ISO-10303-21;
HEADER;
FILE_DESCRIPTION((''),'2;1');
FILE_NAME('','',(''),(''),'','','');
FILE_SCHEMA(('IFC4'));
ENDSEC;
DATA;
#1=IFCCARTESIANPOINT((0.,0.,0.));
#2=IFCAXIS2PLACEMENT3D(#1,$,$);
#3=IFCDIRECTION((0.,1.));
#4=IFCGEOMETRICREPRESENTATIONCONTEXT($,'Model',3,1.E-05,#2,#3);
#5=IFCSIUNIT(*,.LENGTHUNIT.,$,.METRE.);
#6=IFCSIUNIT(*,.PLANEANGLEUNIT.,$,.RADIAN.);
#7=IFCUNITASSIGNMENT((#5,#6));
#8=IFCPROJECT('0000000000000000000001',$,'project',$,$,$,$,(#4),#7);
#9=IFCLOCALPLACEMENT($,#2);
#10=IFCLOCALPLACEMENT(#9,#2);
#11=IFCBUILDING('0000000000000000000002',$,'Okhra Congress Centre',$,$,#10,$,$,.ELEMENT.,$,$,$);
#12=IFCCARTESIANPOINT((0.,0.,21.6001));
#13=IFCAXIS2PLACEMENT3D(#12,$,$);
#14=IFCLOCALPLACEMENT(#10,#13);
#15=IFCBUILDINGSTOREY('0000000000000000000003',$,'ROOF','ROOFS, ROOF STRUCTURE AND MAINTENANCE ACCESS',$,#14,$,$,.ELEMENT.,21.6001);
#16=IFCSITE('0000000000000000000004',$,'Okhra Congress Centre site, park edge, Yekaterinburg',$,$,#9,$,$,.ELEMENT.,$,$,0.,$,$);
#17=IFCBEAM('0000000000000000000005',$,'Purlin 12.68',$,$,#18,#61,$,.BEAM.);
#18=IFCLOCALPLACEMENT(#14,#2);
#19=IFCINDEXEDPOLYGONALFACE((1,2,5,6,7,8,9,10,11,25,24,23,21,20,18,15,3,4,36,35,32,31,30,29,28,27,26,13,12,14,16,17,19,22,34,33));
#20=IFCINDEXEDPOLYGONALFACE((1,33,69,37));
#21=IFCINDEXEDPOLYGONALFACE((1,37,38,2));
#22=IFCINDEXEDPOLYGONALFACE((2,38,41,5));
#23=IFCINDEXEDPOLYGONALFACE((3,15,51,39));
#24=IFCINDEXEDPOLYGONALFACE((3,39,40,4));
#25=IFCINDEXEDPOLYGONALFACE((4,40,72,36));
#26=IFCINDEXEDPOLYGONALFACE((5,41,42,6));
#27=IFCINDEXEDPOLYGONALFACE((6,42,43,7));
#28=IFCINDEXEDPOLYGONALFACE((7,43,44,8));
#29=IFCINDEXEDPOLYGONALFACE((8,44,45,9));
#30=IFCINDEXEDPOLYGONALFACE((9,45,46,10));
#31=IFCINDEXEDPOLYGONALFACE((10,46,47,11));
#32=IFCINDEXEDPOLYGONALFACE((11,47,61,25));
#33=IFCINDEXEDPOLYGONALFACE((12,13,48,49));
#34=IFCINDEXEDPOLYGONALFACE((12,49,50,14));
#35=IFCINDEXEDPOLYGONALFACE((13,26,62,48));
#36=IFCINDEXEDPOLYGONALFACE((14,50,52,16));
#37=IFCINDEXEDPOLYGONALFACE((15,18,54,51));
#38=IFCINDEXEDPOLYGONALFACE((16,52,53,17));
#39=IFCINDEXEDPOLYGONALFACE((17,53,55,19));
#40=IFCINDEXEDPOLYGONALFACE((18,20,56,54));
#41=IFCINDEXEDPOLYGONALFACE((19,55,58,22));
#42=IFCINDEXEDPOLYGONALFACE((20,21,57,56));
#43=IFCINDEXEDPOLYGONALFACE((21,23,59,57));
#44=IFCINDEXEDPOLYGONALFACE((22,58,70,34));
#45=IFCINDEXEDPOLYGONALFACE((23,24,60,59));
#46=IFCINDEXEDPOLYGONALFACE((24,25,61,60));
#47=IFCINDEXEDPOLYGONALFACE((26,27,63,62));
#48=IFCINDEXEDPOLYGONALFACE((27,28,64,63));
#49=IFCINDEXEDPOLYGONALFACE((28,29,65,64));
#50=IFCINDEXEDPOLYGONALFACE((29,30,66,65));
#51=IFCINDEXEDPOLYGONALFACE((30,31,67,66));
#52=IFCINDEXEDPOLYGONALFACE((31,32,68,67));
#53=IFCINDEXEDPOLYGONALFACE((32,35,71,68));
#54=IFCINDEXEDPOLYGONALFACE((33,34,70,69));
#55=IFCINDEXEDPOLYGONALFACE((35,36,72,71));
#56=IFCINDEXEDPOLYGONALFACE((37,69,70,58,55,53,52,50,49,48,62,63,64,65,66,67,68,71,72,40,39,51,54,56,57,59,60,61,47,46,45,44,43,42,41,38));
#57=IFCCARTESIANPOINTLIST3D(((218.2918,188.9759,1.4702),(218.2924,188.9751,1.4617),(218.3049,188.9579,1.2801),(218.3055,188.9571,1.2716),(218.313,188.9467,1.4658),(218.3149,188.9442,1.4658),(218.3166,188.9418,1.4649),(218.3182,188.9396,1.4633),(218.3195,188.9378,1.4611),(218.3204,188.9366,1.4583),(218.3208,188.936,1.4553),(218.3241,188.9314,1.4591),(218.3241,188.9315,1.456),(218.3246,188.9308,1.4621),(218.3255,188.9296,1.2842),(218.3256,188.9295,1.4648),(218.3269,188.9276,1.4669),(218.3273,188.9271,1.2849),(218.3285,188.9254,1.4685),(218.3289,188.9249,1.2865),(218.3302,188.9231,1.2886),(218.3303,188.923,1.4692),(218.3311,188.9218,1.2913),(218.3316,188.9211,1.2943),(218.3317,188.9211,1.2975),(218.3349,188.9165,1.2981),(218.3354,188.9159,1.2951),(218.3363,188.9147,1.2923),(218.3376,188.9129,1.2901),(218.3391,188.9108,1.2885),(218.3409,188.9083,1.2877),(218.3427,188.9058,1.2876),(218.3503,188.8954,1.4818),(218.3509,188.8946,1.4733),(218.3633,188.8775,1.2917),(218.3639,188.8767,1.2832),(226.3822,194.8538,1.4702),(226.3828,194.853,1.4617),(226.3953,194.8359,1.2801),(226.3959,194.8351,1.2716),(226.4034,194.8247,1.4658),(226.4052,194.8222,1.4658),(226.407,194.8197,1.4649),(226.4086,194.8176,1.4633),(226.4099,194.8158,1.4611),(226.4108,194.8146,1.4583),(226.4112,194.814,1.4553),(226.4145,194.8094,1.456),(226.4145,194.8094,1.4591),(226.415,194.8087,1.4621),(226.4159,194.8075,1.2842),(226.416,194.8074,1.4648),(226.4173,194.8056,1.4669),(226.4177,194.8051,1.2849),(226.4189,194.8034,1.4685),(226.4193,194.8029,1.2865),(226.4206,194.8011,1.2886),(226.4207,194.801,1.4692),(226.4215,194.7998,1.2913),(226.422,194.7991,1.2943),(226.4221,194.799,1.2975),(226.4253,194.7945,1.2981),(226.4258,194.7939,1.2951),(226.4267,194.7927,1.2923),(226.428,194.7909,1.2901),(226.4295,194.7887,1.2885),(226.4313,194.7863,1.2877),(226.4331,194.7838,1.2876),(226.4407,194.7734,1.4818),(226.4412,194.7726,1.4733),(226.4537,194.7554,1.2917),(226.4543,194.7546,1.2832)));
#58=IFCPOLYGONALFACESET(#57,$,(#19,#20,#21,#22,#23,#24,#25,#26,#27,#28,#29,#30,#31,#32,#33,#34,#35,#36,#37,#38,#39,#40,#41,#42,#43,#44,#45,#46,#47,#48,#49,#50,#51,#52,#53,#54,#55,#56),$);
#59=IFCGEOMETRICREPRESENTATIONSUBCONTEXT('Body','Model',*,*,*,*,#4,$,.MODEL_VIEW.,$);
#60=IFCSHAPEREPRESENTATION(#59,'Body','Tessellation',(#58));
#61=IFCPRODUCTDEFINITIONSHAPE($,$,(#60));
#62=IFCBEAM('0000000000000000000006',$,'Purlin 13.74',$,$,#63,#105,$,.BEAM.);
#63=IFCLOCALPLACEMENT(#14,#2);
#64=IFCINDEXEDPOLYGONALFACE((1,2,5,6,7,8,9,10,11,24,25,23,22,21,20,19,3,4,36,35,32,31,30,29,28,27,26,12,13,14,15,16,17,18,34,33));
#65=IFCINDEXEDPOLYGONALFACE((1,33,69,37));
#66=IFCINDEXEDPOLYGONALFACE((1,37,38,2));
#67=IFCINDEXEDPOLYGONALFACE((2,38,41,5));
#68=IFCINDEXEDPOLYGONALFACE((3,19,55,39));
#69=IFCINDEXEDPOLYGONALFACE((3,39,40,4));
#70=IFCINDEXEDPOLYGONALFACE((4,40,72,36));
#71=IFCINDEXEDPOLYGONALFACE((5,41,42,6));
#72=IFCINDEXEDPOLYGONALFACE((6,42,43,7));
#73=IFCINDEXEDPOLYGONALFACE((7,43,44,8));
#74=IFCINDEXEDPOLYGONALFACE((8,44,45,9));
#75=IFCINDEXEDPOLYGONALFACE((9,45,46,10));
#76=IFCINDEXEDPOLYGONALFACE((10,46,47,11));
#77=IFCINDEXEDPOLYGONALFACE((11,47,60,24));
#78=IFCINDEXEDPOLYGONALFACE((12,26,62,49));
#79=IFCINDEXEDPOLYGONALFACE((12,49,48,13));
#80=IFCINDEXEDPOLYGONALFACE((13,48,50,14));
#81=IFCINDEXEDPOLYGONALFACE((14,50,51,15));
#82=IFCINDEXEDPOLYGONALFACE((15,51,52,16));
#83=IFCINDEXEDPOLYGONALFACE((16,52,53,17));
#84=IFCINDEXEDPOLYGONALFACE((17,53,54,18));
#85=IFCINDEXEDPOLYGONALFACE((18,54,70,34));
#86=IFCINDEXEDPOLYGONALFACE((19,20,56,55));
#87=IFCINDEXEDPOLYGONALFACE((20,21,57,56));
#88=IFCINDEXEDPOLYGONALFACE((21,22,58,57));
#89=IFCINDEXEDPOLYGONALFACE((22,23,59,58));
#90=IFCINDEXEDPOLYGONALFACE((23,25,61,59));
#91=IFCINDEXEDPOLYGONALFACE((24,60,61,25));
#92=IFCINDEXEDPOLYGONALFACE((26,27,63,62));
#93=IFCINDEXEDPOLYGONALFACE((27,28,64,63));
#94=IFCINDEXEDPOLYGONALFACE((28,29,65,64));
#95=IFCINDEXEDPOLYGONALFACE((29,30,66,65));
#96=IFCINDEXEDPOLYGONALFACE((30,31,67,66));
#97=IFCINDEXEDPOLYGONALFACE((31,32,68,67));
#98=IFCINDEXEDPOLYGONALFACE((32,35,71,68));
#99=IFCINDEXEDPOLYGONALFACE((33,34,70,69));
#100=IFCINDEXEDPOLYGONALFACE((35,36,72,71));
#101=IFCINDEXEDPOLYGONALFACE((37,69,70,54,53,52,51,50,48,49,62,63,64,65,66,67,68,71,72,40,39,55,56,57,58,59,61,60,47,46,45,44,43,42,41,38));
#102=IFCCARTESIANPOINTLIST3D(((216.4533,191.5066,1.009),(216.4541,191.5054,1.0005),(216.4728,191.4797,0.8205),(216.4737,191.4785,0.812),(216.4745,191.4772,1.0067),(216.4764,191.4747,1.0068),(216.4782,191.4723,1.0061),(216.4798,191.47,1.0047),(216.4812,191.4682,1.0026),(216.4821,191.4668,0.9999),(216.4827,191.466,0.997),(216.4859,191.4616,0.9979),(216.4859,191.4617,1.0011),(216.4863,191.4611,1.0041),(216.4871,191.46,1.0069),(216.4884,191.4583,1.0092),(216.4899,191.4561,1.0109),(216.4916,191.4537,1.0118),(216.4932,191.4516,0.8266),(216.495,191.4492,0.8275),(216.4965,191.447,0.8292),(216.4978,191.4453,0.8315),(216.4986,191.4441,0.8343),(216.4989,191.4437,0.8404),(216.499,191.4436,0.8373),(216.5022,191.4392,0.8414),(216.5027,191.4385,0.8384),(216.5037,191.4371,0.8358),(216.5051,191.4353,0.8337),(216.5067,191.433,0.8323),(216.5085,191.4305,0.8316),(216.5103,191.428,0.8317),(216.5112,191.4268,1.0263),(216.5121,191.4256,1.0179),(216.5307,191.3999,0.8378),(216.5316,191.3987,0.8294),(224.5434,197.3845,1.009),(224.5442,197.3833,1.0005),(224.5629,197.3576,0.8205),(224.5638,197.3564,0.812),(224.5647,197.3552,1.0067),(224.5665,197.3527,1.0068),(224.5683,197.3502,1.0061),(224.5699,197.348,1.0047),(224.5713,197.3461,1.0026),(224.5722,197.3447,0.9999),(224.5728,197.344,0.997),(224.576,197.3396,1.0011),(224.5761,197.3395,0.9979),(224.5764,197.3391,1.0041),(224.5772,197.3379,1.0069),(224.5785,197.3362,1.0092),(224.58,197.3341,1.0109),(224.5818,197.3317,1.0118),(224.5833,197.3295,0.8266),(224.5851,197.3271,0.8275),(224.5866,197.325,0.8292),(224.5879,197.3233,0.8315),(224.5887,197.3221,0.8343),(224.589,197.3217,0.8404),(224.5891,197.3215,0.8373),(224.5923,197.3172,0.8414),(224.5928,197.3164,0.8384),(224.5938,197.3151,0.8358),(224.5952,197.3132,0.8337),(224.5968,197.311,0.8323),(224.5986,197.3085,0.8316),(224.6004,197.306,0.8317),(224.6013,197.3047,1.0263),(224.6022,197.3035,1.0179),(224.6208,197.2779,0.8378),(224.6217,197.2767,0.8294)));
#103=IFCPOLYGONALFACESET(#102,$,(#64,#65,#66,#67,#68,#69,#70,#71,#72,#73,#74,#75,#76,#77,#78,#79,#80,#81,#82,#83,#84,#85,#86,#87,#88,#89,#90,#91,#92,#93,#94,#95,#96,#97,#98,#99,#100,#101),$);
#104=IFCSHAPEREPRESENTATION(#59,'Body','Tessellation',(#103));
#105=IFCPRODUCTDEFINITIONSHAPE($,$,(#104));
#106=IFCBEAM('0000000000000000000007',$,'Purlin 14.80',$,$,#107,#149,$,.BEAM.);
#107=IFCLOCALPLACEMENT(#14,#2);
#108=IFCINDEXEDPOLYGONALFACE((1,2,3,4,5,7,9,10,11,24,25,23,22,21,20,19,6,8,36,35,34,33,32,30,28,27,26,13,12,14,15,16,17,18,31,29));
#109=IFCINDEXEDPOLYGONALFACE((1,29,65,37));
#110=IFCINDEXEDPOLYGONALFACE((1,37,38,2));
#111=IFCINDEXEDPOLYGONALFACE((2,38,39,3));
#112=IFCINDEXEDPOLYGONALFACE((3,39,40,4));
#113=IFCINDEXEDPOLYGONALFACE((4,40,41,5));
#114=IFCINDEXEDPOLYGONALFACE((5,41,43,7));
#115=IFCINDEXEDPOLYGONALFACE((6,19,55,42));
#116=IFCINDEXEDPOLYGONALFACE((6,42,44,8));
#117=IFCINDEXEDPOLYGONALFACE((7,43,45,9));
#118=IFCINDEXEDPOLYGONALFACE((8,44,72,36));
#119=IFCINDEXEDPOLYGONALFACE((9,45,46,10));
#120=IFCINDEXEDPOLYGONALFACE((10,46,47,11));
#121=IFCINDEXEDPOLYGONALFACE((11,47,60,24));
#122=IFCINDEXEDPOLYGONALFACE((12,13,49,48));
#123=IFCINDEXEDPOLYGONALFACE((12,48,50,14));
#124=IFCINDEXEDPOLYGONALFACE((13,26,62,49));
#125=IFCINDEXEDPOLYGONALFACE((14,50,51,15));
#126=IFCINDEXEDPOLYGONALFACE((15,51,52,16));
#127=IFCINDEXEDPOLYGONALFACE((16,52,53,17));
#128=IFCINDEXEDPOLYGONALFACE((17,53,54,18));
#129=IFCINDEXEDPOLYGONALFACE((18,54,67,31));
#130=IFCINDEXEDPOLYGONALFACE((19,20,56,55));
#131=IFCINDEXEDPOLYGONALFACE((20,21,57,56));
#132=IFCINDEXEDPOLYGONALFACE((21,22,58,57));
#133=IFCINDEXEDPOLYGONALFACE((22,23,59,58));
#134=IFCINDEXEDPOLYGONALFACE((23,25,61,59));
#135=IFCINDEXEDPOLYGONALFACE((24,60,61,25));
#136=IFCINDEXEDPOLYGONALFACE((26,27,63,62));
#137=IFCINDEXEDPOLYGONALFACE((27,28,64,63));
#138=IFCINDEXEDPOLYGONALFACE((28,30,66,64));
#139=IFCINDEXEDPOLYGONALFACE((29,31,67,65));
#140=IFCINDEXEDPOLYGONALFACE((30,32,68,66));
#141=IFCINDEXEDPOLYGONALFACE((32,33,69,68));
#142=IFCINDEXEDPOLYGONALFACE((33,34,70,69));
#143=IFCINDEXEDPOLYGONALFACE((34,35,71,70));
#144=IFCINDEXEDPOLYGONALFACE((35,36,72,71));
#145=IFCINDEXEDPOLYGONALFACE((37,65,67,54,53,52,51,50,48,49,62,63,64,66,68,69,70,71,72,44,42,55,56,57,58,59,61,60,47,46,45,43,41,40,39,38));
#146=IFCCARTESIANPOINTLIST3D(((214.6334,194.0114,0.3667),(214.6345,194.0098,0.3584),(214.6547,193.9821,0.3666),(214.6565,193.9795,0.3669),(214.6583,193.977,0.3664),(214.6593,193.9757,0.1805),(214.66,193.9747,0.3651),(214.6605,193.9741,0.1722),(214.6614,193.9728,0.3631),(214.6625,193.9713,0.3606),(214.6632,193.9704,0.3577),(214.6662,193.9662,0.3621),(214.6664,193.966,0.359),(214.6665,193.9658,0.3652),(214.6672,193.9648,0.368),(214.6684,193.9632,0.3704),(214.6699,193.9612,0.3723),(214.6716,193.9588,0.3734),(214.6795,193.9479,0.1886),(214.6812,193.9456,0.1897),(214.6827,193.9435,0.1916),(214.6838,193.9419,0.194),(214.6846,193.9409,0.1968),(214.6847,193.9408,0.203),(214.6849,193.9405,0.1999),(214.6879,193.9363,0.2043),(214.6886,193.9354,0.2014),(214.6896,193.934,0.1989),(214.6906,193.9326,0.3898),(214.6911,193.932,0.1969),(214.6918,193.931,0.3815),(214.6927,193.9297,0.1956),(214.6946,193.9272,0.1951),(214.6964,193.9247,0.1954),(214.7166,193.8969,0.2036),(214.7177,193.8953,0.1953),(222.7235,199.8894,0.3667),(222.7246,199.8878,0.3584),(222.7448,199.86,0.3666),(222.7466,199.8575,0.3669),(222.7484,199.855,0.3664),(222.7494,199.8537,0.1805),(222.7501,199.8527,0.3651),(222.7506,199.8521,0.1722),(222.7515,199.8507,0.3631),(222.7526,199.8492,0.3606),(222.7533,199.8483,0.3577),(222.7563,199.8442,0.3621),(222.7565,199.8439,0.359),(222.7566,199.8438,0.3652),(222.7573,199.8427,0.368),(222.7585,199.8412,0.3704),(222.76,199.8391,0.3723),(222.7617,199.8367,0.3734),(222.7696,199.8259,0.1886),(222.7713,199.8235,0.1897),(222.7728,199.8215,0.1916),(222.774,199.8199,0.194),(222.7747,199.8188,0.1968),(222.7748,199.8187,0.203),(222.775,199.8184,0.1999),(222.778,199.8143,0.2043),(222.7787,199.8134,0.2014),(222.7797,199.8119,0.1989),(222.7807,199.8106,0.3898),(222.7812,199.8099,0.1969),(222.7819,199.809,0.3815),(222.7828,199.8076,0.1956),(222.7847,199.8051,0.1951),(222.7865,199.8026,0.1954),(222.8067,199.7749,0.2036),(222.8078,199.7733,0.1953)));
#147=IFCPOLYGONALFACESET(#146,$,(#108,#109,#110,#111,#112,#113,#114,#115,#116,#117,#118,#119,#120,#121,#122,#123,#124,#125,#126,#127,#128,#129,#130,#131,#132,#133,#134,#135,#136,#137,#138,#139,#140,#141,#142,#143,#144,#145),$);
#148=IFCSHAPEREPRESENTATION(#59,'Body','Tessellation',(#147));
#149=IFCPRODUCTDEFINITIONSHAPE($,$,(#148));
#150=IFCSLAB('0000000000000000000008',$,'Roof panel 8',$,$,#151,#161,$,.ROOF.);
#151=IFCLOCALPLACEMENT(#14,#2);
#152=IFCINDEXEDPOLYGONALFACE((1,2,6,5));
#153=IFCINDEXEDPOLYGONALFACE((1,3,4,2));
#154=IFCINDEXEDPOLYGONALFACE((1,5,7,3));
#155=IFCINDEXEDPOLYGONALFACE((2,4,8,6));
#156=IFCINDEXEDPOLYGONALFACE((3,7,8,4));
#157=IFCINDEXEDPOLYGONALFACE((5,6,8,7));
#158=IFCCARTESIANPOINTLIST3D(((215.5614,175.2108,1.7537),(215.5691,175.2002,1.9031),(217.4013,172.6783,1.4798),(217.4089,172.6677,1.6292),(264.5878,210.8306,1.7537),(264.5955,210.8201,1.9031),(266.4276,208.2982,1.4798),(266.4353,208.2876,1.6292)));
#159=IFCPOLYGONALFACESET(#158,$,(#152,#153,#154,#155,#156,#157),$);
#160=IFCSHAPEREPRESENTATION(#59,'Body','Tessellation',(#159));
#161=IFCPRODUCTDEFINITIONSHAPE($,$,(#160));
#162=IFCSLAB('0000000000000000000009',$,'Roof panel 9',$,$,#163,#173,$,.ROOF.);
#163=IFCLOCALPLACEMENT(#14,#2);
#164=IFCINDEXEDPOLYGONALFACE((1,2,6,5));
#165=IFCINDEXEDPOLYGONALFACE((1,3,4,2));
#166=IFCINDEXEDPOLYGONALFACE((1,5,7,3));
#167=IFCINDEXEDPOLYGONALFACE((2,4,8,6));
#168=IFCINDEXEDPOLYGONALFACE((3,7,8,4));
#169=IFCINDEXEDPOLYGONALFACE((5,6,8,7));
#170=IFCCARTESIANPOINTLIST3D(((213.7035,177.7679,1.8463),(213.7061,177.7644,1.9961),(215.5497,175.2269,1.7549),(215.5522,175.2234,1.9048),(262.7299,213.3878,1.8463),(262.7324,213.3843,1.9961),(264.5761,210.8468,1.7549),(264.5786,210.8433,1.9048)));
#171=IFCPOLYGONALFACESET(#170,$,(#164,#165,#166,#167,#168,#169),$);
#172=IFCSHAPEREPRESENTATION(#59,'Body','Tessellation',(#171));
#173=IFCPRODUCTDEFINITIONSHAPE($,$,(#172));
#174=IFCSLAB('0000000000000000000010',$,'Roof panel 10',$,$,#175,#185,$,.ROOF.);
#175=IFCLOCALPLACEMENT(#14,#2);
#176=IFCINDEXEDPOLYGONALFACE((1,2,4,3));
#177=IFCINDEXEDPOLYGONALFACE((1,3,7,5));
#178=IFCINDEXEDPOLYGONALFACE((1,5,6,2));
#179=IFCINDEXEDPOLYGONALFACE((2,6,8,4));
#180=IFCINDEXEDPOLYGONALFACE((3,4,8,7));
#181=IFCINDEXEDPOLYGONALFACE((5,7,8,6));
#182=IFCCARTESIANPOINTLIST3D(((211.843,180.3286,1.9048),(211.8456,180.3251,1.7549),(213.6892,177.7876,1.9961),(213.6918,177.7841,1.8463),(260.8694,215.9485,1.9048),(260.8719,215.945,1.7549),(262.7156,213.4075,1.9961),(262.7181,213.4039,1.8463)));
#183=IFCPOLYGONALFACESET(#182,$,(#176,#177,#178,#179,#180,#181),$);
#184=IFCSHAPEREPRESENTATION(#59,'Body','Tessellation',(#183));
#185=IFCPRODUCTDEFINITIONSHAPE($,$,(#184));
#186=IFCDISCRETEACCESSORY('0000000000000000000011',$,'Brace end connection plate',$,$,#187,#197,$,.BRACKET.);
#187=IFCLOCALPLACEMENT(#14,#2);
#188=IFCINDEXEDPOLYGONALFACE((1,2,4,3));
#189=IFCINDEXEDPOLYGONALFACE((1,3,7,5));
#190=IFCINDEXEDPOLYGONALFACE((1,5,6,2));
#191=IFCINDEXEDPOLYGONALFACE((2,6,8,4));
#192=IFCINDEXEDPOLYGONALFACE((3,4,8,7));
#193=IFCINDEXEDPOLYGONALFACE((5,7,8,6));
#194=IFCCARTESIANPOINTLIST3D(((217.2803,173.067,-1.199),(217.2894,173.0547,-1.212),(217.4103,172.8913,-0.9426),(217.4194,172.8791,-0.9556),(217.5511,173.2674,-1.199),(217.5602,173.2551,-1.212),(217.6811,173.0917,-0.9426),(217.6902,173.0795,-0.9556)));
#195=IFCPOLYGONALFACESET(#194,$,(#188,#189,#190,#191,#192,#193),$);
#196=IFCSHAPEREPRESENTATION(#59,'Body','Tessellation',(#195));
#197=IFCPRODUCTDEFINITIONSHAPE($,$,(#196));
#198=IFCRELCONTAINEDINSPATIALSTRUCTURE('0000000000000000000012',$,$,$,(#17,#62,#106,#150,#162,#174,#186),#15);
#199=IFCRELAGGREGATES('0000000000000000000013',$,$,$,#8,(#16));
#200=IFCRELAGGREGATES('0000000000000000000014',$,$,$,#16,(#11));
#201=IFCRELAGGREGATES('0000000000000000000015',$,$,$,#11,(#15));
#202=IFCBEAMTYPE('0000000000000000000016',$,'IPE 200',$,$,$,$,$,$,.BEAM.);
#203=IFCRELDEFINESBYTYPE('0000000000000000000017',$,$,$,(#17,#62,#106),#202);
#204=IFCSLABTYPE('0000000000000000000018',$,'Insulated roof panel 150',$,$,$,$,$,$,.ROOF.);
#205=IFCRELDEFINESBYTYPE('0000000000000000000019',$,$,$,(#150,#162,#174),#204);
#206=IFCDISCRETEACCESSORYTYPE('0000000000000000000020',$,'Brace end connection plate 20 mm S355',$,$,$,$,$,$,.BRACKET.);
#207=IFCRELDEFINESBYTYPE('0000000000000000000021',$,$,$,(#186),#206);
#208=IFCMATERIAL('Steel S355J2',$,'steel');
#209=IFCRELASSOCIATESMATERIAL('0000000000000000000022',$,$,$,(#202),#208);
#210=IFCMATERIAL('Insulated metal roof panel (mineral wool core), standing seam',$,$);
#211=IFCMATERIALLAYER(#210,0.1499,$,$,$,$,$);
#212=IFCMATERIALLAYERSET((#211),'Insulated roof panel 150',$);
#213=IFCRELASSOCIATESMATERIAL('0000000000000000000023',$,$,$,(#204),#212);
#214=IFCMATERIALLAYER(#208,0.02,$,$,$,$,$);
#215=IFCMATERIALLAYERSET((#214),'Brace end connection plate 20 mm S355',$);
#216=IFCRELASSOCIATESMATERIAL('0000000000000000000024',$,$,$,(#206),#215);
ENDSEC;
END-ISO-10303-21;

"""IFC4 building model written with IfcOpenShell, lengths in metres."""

from ifc_helpers import new_model, si_unit, direction, frame, origin, origin_2d, place, context, subcontext, project, spatial, polyline, rectangle, i_section, outline, extrude, material, layer, layer_set, material_profile, profile_set, type_object, element, save


model = new_model("IFC4")

# Units and contexts
model_context = context("Model", 3, precision=1e-05, world=origin(), true_north=direction((0.0, 1.0)))
body_context = subcontext(model_context, "Body", "Model", "MODEL_VIEW")
ifc_project = project(units=[si_unit("LENGTHUNIT", "METRE"), si_unit("PLANEANGLEUNIT", "RADIAN")], contexts=[model_context])

# Site, building, storey
site_placement = place(None, origin())
site = spatial("IfcSite", under=ifc_project, at=site_placement, Name="Okhra Congress Centre site, park edge, Yekaterinburg", CompositionType="ELEMENT", RefElevation=0.0)
building_placement = place(site_placement, origin())
building = spatial("IfcBuilding", under=site, at=building_placement, Name="Okhra Congress Centre", CompositionType="ELEMENT")
storey_placement = place(building_placement, frame((0.0, 0.0, 21.6001)))
storey = spatial("IfcBuildingStorey", under=building, at=storey_placement, Name="ROOF", Description="ROOFS, ROOF STRUCTURE AND MAINTENANCE ACCESS", CompositionType="ELEMENT", Elevation=21.6001)

# Beams
ifc_material_1 = material(Name="Steel S355J2", Category="steel")
ifc_material_profile_1 = material_profile(ifc_material_1, i_section(OverallWidth=0.1001, OverallDepth=0.2, WebThickness=0.0056, FlangeThickness=0.0085, FilletRadius=0.012, at=origin_2d()), Name="IPE 200")
ifc_profile_set_1 = profile_set([ifc_material_profile_1], Name="Steel S355J2")
beam_type = type_object("IfcBeamType", Name="IPE 200", PredefinedType="BEAM", material=ifc_profile_set_1)
for number, where, z_axis, x_axis, name in (
    (1, (218.3279, 188.9263, 1.3767), (0.809019, 0.587783, 0.0), (-0.583808, 0.803549, -0.116093), "Purlin 12.68"),
):
    element("IfcBeam", number, at=place(storey_placement, frame(where, z_axis=z_axis, x_axis=x_axis)), inside=storey, type_object=beam_type, Name=name, PredefinedType="BEAM", context=body_context, shape_type="SweptSolid", body=[
        extrude(i_section(OverallWidth=0.1001, OverallDepth=0.2, WebThickness=0.0056, FlangeThickness=0.0085, FilletRadius=0.012, at=origin_2d()), origin(), (0.0, 0.0, 1.0), 10.0002),
    ])
for number, where, z_axis, x_axis, name in (
    (2, (216.4924, 191.4526, 0.9192), (0.80901, 0.587794, 0.0), (-0.578864, 0.79672, -0.173648), "Purlin 13.74"),
    (3, (214.6755, 193.9534, 0.281), (0.80901, 0.587794, 0.0), (-0.57195, 0.787204, -0.230616), "Purlin 14.80"),
):
    element("IfcBeam", number, at=place(storey_placement, frame(where, z_axis=z_axis, x_axis=x_axis)), inside=storey, type_object=beam_type, Name=name, PredefinedType="BEAM", context=body_context, shape_type="SweptSolid", body=[
        extrude(i_section(OverallWidth=0.1001, OverallDepth=0.2, WebThickness=0.0056, FlangeThickness=0.0085, FilletRadius=0.012, at=origin_2d()), origin(), (0.0, 0.0, 1.0), 10.0),
    ])

# Slabs
ifc_material_2 = material(Name="Insulated metal roof panel (mineral wool core), standing seam")
ifc_layer_1 = layer(ifc_material_2, 0.1499)
ifc_layer_set_1 = layer_set([ifc_layer_1], Name="Insulated roof panel 150")
slab_type = type_object("IfcSlabType", Name="Insulated roof panel 150", PredefinedType="ROOF", material=ifc_layer_set_1)
slab_placement = place(storey_placement, frame((217.4089, 172.6677, 1.6292), z_axis=(0.051241, -0.070527, 0.996193), x_axis=(0.809016, 0.587787, 0.0)))
element("IfcSlab", 4, at=slab_placement, inside=storey, type_object=slab_type, Name="Roof panel 8", PredefinedType="ROOF", context=body_context, shape_type="SweptSolid", body=[
    extrude(outline(polyline([(0.0, 0.0), (60.6, 0.0), (60.6001, 3.1422), (0.0001, 3.1422), (0.0, 0.0)])), origin(), (0.0, 0.0, -1.0), 0.1499),
])
for number, where, z_axis, x_axis, name in (
    (5, (215.5522, 175.2234, 1.9048), (0.01708, -0.023509, 0.999578), (0.809016, 0.587787, 0.0), "Roof panel 9"),
    (6, (213.6892, 177.7876, 1.9961), (-0.01708, 0.023509, 0.999578), (0.809016, 0.587787, 0.0), "Roof panel 10"),
):
    element("IfcSlab", number, at=place(storey_placement, frame(where, z_axis=z_axis, x_axis=x_axis)), inside=storey, type_object=slab_type, Name=name, PredefinedType="ROOF", context=body_context, shape_type="SweptSolid", body=[
        extrude(outline(polyline([(0.0, 0.0), (60.6, 0.0), (60.6, 3.1422), (0.0, 3.1422), (0.0, 0.0)])), origin(), (0.0, 0.0, -1.0), 0.1499),
    ])

# Discrete accessory
ifc_layer_2 = layer(ifc_material_1, 0.02)
ifc_layer_set_2 = layer_set([ifc_layer_2], Name="Brace end connection plate 20 mm S355")
discrete_accessory_type = type_object("IfcDiscreteAccessoryType", Name="Brace end connection plate 20 mm S355", PredefinedType="BRACKET", material=ifc_layer_set_2)
for number, where, z_axis, x_axis, name in (
    (7, (217.4807, 173.0793, -1.0708), (0.452771, -0.611853, -0.648564), (0.803842, 0.594843, 0.0), "Brace end connection plate"),
):
    element("IfcDiscreteAccessory", number, at=place(storey_placement, frame(where, z_axis=z_axis, x_axis=x_axis)), inside=storey, type_object=discrete_accessory_type, Name=name, PredefinedType="BRACKET", context=body_context, shape_type="SweptSolid", body=[
        extrude(rectangle(XDim=0.3369, YDim=0.3369, at=origin_2d()), origin(), (0.0, 0.0, 1.0), 0.02),
    ])

save(model, "model.ifc")
